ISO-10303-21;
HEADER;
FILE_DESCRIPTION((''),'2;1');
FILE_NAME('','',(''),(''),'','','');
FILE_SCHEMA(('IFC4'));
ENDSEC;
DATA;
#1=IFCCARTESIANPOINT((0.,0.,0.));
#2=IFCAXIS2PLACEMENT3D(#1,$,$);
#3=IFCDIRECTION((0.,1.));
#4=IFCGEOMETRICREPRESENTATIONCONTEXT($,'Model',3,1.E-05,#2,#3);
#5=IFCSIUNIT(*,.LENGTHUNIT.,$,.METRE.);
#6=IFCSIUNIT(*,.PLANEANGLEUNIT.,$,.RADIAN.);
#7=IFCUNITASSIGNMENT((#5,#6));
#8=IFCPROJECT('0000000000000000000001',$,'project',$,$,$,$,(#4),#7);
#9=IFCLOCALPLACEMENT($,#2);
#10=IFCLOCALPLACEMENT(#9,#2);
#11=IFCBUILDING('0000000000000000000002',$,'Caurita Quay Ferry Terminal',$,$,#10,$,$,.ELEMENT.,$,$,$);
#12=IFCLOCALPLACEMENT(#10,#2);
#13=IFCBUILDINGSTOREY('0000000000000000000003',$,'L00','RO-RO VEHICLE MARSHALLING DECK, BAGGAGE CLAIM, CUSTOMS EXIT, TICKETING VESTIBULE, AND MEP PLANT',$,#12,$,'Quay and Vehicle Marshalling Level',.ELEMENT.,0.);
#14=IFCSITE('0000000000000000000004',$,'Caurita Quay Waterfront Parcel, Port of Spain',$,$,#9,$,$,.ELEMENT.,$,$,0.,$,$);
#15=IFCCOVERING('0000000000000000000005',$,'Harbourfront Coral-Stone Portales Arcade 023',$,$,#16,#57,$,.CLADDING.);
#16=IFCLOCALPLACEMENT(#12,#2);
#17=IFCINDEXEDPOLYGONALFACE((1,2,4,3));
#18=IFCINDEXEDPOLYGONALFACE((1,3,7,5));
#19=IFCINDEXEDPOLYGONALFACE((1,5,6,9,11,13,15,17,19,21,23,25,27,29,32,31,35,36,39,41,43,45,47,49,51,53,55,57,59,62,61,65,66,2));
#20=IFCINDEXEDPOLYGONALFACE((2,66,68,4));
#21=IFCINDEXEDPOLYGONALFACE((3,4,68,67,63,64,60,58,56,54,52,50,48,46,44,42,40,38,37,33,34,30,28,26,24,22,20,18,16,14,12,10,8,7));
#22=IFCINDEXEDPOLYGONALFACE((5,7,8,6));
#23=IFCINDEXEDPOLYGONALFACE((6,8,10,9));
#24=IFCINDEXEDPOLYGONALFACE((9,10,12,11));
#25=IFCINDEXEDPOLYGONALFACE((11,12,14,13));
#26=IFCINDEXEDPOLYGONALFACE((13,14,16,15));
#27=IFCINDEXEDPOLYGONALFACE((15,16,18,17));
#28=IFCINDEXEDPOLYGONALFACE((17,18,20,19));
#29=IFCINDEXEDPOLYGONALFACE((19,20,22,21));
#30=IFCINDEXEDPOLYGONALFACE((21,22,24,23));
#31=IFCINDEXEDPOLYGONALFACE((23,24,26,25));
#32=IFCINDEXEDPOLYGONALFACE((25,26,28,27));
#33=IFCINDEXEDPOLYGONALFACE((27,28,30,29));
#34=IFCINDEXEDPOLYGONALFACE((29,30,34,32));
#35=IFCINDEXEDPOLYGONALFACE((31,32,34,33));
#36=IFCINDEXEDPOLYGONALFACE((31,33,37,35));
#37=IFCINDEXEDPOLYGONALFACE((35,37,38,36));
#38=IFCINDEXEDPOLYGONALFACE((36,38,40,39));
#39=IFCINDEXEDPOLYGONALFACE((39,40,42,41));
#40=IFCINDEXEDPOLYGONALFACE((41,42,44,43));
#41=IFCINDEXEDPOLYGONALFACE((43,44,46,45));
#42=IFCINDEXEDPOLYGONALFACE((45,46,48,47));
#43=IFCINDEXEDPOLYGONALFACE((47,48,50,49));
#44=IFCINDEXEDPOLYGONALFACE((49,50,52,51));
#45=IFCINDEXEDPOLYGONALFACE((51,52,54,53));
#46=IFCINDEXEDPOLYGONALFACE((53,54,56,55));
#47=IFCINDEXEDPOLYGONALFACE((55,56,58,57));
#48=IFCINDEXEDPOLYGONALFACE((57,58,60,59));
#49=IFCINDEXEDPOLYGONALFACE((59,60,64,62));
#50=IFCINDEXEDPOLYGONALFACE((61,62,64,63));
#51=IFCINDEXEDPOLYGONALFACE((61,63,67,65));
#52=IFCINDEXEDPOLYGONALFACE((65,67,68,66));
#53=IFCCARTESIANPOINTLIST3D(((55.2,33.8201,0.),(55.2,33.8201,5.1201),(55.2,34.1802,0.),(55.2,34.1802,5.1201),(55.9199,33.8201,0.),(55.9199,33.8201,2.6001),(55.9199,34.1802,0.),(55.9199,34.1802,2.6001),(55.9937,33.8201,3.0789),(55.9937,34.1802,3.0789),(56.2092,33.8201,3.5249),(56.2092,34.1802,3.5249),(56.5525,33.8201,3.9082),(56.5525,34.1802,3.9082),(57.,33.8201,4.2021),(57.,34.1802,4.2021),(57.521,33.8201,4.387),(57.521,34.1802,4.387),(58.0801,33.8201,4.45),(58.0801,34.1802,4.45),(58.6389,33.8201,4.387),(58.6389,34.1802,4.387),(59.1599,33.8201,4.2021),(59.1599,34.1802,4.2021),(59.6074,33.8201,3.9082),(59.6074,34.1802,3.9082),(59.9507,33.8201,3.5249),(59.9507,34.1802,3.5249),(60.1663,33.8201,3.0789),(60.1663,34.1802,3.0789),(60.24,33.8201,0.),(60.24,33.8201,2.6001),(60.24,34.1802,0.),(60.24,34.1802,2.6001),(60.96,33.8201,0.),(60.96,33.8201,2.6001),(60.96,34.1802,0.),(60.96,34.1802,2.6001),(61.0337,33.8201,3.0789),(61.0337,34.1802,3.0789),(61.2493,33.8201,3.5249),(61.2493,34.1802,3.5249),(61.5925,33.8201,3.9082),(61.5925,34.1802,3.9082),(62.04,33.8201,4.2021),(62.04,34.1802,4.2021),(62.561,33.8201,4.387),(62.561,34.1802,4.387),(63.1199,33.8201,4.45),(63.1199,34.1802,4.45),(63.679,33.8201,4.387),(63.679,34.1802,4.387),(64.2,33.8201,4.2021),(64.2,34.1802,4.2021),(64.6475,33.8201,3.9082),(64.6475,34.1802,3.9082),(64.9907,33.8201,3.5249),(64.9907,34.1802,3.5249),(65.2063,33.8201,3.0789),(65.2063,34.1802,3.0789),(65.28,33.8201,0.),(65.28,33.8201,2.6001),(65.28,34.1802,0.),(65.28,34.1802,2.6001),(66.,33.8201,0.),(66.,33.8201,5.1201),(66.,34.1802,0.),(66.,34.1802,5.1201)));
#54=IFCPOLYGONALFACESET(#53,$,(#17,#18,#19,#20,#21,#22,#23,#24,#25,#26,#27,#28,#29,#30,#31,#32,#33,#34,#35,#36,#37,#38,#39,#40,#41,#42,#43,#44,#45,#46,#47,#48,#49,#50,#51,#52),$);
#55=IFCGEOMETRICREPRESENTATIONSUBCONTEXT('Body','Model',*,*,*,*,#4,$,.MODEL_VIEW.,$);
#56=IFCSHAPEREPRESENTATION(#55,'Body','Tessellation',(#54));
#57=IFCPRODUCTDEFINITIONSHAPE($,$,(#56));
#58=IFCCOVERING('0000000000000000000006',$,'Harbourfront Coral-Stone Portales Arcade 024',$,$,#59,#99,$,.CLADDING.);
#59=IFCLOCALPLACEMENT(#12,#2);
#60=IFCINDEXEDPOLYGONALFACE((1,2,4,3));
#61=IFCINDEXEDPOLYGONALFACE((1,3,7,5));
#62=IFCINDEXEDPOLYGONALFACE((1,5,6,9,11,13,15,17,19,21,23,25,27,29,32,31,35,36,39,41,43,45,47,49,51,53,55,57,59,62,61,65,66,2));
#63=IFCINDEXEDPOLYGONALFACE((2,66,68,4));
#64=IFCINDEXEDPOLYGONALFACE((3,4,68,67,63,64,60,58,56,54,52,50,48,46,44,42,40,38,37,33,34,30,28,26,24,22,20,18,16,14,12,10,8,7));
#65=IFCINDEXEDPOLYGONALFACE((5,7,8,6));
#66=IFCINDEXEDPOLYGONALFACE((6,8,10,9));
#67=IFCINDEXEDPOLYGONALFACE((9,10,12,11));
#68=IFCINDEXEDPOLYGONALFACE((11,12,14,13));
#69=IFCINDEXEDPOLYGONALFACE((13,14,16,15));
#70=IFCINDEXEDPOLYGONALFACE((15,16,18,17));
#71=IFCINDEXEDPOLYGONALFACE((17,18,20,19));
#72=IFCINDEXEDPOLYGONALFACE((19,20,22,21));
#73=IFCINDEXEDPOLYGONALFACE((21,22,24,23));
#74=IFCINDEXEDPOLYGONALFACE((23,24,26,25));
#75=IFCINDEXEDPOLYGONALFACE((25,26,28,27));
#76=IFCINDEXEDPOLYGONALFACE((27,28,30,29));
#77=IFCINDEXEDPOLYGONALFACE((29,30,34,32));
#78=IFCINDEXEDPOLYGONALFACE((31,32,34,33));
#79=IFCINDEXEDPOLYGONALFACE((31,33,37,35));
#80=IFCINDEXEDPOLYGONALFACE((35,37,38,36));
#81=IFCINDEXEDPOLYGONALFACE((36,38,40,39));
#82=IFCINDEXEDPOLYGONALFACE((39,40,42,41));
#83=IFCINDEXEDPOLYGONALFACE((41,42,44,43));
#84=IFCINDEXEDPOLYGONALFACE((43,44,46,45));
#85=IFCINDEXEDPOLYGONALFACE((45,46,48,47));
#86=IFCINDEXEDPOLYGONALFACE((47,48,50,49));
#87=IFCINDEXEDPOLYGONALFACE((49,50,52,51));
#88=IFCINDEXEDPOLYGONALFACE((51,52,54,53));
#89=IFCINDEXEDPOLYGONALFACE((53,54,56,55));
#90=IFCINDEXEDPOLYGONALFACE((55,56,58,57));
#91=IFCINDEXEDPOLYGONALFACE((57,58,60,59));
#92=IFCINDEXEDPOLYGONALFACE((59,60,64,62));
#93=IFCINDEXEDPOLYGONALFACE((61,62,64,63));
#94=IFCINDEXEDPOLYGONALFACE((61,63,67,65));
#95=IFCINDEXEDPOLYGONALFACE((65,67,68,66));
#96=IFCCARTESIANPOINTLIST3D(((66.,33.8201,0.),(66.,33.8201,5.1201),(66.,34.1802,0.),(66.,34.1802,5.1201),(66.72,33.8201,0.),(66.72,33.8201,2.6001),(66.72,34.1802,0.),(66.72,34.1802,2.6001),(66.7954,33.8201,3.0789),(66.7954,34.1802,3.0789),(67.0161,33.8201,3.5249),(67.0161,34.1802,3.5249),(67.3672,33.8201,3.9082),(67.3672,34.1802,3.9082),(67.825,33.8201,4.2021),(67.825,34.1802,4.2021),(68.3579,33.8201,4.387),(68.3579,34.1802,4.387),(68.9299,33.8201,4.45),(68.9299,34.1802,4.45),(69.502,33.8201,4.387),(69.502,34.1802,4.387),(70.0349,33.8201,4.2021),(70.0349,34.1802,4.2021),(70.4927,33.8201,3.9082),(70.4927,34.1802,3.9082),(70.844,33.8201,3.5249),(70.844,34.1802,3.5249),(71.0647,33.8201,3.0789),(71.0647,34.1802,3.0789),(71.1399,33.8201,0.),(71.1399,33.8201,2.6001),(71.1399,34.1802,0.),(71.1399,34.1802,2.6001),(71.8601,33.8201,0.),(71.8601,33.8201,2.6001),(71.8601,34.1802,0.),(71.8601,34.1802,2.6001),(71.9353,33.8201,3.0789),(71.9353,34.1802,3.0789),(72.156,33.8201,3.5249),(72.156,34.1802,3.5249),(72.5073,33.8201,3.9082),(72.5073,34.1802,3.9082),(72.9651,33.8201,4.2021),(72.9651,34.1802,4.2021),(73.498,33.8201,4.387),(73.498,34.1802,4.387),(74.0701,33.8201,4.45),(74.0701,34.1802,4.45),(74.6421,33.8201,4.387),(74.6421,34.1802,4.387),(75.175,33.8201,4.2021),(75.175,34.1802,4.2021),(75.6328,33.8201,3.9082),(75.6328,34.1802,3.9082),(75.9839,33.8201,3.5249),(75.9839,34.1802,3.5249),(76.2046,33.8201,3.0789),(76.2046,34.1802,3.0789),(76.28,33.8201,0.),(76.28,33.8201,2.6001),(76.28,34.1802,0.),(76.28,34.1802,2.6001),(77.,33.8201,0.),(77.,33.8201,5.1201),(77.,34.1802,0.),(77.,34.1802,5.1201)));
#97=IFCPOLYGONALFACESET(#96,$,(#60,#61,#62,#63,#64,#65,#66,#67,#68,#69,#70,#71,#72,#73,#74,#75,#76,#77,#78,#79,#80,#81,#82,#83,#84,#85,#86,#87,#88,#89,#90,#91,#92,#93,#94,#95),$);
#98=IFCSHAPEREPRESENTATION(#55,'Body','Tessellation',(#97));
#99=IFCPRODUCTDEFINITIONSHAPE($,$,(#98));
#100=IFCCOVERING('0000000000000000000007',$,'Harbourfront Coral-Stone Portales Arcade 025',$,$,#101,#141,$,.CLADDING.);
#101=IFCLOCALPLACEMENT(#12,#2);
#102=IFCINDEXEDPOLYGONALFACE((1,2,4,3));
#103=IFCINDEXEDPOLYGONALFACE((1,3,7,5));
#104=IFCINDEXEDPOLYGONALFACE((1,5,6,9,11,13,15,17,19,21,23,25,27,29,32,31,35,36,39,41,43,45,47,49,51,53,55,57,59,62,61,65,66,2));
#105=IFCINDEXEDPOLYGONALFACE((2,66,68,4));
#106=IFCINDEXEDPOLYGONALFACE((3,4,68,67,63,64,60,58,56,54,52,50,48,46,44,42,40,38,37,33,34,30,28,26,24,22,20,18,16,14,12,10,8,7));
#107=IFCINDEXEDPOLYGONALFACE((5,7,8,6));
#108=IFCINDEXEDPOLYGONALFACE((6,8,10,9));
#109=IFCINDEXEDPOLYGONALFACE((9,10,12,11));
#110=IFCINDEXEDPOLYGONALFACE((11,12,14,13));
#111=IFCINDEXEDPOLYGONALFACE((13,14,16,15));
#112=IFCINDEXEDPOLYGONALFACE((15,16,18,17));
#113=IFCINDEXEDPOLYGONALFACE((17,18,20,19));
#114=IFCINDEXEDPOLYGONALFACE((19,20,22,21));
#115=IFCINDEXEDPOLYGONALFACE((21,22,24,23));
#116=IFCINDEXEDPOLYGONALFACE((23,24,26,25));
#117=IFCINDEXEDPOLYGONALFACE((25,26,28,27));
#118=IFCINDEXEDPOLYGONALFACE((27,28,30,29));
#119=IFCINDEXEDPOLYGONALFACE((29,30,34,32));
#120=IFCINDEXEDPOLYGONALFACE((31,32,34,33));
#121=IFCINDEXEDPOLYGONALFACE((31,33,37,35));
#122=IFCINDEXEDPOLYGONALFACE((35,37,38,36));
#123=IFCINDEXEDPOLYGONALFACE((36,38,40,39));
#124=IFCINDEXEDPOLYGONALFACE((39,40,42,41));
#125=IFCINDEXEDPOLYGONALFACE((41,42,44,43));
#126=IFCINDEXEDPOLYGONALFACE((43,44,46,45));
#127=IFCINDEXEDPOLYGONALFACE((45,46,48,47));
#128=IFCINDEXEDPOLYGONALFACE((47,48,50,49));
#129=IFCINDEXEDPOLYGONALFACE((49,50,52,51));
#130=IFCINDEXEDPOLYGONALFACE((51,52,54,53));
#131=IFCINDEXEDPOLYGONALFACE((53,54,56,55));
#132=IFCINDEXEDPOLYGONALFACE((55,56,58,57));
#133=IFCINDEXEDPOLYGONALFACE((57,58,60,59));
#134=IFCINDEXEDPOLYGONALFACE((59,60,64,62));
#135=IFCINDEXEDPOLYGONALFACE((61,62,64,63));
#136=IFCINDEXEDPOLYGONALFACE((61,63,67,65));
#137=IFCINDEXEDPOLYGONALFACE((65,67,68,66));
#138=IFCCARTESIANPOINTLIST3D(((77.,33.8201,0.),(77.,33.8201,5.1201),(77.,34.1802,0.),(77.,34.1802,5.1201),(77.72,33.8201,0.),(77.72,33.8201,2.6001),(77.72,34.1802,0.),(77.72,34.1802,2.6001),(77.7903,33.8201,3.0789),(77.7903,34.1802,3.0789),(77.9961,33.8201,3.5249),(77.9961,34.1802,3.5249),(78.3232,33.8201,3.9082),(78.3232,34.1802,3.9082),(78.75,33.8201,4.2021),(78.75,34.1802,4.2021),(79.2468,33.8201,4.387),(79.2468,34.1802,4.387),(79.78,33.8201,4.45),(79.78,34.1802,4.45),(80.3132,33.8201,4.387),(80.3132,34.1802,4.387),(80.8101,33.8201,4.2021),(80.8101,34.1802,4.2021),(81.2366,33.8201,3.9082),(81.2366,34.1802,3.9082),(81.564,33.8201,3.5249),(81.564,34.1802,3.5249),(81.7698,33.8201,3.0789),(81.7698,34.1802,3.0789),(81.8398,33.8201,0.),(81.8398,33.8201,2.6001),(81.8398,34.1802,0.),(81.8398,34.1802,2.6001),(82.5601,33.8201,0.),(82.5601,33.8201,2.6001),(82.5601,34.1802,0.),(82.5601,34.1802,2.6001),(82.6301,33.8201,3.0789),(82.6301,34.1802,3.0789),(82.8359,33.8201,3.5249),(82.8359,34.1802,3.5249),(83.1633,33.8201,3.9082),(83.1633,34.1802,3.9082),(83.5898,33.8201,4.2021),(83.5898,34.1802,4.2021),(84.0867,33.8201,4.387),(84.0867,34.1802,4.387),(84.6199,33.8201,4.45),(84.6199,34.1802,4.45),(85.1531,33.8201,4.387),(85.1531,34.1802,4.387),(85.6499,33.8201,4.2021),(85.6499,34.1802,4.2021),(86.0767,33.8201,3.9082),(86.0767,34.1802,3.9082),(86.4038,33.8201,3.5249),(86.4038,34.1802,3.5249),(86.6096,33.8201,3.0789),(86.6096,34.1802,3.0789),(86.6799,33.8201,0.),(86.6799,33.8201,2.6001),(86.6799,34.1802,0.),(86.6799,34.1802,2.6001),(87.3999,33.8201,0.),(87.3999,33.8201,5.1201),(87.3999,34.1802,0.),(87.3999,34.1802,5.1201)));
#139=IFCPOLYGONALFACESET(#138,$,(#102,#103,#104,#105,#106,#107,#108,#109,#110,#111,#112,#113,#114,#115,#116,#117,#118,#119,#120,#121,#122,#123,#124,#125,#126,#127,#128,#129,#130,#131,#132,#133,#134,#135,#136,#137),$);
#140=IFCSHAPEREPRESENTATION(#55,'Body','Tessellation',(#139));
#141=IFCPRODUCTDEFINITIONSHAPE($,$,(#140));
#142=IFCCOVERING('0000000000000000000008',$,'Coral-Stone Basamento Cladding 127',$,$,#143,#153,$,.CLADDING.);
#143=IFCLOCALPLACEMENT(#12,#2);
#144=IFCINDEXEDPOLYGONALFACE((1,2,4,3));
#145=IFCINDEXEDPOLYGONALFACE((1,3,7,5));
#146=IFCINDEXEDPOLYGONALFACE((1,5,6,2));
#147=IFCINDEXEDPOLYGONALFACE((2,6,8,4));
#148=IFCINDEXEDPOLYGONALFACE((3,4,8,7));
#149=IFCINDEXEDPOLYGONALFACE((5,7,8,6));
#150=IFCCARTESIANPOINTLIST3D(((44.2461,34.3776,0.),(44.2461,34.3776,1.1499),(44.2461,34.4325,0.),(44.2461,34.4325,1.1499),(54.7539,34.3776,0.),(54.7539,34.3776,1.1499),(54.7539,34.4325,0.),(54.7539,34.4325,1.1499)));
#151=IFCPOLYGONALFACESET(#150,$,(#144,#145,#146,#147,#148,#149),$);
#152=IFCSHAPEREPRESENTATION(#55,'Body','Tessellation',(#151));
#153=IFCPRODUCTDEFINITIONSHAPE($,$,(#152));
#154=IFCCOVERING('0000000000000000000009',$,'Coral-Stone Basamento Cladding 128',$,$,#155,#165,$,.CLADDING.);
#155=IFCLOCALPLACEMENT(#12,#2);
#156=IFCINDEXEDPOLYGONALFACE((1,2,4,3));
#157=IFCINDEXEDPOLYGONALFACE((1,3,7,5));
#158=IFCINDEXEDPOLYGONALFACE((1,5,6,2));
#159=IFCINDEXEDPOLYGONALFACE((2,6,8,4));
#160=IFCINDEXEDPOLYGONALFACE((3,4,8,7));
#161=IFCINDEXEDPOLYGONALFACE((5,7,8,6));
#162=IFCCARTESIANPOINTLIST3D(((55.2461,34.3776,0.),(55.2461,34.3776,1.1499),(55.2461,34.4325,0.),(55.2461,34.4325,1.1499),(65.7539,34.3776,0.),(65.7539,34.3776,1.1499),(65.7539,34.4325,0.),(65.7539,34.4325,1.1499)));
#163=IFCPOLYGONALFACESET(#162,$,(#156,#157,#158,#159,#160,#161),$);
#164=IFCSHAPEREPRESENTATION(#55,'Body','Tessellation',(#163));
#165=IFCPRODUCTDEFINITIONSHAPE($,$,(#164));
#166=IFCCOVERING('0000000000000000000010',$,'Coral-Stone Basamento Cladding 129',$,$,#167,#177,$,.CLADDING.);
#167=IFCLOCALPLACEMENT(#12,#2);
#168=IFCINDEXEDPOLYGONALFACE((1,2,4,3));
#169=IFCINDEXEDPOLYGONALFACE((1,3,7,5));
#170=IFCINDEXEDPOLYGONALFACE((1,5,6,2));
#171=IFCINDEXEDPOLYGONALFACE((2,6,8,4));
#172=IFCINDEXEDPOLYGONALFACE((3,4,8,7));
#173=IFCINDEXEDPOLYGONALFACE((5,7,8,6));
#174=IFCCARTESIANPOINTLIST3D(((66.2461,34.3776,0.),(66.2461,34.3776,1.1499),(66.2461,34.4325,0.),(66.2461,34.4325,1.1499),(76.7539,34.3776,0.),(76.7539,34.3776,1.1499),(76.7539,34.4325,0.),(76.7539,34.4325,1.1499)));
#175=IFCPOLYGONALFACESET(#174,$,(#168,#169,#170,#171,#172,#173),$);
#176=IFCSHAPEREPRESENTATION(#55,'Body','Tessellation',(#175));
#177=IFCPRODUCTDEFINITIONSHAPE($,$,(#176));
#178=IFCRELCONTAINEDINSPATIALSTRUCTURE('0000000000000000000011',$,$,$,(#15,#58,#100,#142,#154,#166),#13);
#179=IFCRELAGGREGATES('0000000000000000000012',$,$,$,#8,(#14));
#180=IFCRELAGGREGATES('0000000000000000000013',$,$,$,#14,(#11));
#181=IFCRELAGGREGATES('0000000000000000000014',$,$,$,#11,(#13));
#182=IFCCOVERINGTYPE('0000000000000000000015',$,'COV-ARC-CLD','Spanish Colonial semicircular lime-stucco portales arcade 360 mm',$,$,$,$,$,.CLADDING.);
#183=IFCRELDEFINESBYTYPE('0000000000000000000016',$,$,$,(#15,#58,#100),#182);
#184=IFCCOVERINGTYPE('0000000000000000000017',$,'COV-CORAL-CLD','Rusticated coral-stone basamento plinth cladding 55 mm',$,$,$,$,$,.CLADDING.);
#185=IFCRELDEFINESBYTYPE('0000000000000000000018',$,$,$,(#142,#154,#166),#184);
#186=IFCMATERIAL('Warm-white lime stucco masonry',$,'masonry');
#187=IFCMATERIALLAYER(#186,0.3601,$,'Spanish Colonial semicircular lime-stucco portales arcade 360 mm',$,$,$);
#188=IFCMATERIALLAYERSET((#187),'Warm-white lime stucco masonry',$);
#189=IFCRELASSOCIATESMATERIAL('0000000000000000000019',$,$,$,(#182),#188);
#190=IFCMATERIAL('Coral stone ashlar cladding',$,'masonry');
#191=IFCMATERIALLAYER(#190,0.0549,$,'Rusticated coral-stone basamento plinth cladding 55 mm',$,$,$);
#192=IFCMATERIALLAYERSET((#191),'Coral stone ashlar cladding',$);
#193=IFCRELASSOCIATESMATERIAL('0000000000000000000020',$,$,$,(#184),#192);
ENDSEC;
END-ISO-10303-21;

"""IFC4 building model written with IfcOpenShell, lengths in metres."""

from ifc_helpers import new_model, si_unit, direction, frame, frame_2d, origin, place, context, subcontext, project, spatial, polyline, rectangle, outline, extrude, material, layer, layer_set, type_object, element, save


model = new_model("IFC4")

# Units and contexts
model_context = context("Model", 3, precision=1e-05, world=origin(), true_north=direction((0.0, 1.0)))
body_context = subcontext(model_context, "Body", "Model", "MODEL_VIEW")
ifc_project = project(units=[si_unit("LENGTHUNIT", "METRE"), si_unit("PLANEANGLEUNIT", "RADIAN")], contexts=[model_context])

# Site, building, storey
site_placement = place(None, origin())
site = spatial("IfcSite", under=ifc_project, at=site_placement, Name="Caurita Quay Waterfront Parcel, Port of Spain", CompositionType="ELEMENT", RefElevation=0.0)
building_placement = place(site_placement, origin())
building = spatial("IfcBuilding", under=site, at=building_placement, Name="Caurita Quay Ferry Terminal", CompositionType="ELEMENT")
storey_placement = place(building_placement, origin())
storey = spatial("IfcBuildingStorey", under=building, at=storey_placement, Name="L00", Description="RO-RO VEHICLE MARSHALLING DECK, BAGGAGE CLAIM, CUSTOMS EXIT, TICKETING VESTIBULE, AND MEP PLANT", LongName="Quay and Vehicle Marshalling Level", CompositionType="ELEMENT", Elevation=0.0)

# Coverings
ifc_material_1 = material(Name="Warm-white lime stucco masonry", Category="masonry")
ifc_layer_1 = layer(ifc_material_1, 0.3601, Name="Spanish Colonial semicircular lime-stucco portales arcade 360 mm")
ifc_layer_set_1 = layer_set([ifc_layer_1], Name="Warm-white lime stucco masonry")
covering_type_1 = type_object("IfcCoveringType", Name="COV-ARC-CLD", Description="Spanish Colonial semicircular lime-stucco portales arcade 360 mm", PredefinedType="CLADDING", material=ifc_layer_set_1)
for number, where, z_axis, x_axis, name in (
    (1, (55.2, 34.0, 0.0), (0.0, 0.0, 1.0), (1.0, 0.0, 0.0), "Harbourfront Coral-Stone Portales Arcade 023"),
):
    element("IfcCovering", number, at=place(storey_placement, frame(where, z_axis=z_axis, x_axis=x_axis)), inside=storey, type_object=covering_type_1, Name=name, PredefinedType="CLADDING", context=body_context, shape_type="SweptSolid", body=[
        extrude(outline(polyline([(0.0, 0.0), (0.72, 0.0), (0.72, 2.6001), (0.7937, 3.0789), (1.0093, 3.5249), (1.3525, 3.9082), (1.8, 4.2021), (2.321, 4.387), (2.8801, 4.45), (3.439, 4.387), (3.96, 4.2021), (4.4075, 3.9082), (4.7507, 3.5249), (4.9663, 3.0789), (5.04, 2.6001), (5.04, 0.0), (5.76, 0.0), (5.76, 2.6001), (5.8337, 3.0789), (6.0493, 3.5249), (6.3926, 3.9082), (6.8401, 4.2021), (7.3611, 4.387), (7.9199, 4.45), (8.479, 4.387), (9.0, 4.2021), (9.4475, 3.9082), (9.7908, 3.5249), (10.0063, 3.0789), (10.0801, 2.6001), (10.0801, 0.0), (10.8, 0.0), (10.8, 5.1201), (0.0, 5.1201), (0.0, 0.0)])), frame((0.0, 0.1802, 0.0), z_axis=(0.0, -1.0, 0.0), x_axis=(1.0, 0.0, 0.0)), (0.0, 0.0, 1.0), 0.3601),
    ])
covering_1_placement = place(storey_placement, frame((66.0, 34.0, 0.0), z_axis=(0.0, 0.0, 1.0), x_axis=(1.0, 0.0, 0.0)))
element("IfcCovering", 2, at=covering_1_placement, inside=storey, type_object=covering_type_1, Name="Harbourfront Coral-Stone Portales Arcade 024", PredefinedType="CLADDING", context=body_context, shape_type="SweptSolid", body=[
    extrude(outline(polyline([(0.0, 0.0), (0.72, 0.0), (0.72, 2.6001), (0.7954, 3.0789), (1.0161, 3.5249), (1.3672, 3.9082), (1.825, 4.2021), (2.3579, 4.387), (2.9299, 4.45), (3.502, 4.387), (4.0349, 4.2021), (4.4927, 3.9082), (4.844, 3.5249), (5.0647, 3.0789), (5.1399, 2.6001), (5.1399, 0.0), (5.8601, 0.0), (5.8601, 2.6001), (5.9353, 3.0789), (6.156, 3.5249), (6.5073, 3.9082), (6.9651, 4.2021), (7.498, 4.387), (8.0701, 4.45), (8.6421, 4.387), (9.175, 4.2021), (9.6328, 3.9082), (9.9839, 3.5249), (10.2046, 3.0789), (10.28, 2.6001), (10.28, 0.0), (11.0, 0.0), (11.0, 5.1201), (0.0, 5.1201), (0.0, 0.0)])), frame((0.0, 0.1802, 0.0), z_axis=(0.0, -1.0, 0.0), x_axis=(1.0, 0.0, 0.0)), (0.0, 0.0, 1.0), 0.3601),
])
covering_2_placement = place(storey_placement, frame((77.0, 34.0, 0.0), z_axis=(0.0, 0.0, 1.0), x_axis=(1.0, 0.0, 0.0)))
element("IfcCovering", 3, at=covering_2_placement, inside=storey, type_object=covering_type_1, Name="Harbourfront Coral-Stone Portales Arcade 025", PredefinedType="CLADDING", context=body_context, shape_type="SweptSolid", body=[
    extrude(outline(polyline([(0.0, 0.0), (0.72, 0.0), (0.72, 2.6001), (0.7903, 3.0789), (0.9961, 3.5249), (1.3232, 3.9082), (1.75, 4.2021), (2.2468, 4.387), (2.78, 4.45), (3.3132, 4.387), (3.8101, 4.2021), (4.2366, 3.9082), (4.564, 3.5249), (4.7698, 3.0789), (4.8398, 2.6001), (4.8398, 0.0), (5.5601, 0.0), (5.5601, 2.6001), (5.6301, 3.0789), (5.8359, 3.5249), (6.1633, 3.9082), (6.5898, 4.2021), (7.0867, 4.387), (7.6199, 4.45), (8.1531, 4.387), (8.6499, 4.2021), (9.0767, 3.9082), (9.4038, 3.5249), (9.6096, 3.0789), (9.6799, 2.6001), (9.6799, 0.0), (10.3999, 0.0), (10.3999, 5.1201), (0.0, 5.1201), (0.0, 0.0)])), frame((0.0, 0.1802, 0.0), z_axis=(0.0, -1.0, 0.0), x_axis=(1.0, 0.0, 0.0)), (0.0, 0.0, 1.0), 0.3601),
])
ifc_material_2 = material(Name="Coral stone ashlar cladding", Category="masonry")
ifc_layer_2 = layer(ifc_material_2, 0.0549, Name="Rusticated coral-stone basamento plinth cladding 55 mm")
ifc_layer_set_2 = layer_set([ifc_layer_2], Name="Coral stone ashlar cladding")
covering_type_2 = type_object("IfcCoveringType", Name="COV-CORAL-CLD", Description="Rusticated coral-stone basamento plinth cladding 55 mm", PredefinedType="CLADDING", material=ifc_layer_set_2)
for number, where, z_axis, x_axis, name in (
    (4, (44.2461, 34.405, 0.0), (0.0, 0.0, 1.0), (1.0, 0.0, 0.0), "Coral-Stone Basamento Cladding 127"),
    (5, (55.2461, 34.405, 0.0), (0.0, 0.0, 1.0), (1.0, 0.0, 0.0), "Coral-Stone Basamento Cladding 128"),
    (6, (66.2461, 34.405, 0.0), (0.0, 0.0, 1.0), (1.0, 0.0, 0.0), "Coral-Stone Basamento Cladding 129"),
):
    element("IfcCovering", number, at=place(storey_placement, frame(where, z_axis=z_axis, x_axis=x_axis)), inside=storey, type_object=covering_type_2, Name=name, PredefinedType="CLADDING", context=body_context, shape_type="SweptSolid", body=[
        extrude(rectangle(XDim=10.5078, YDim=0.0549, at=frame_2d((5.2539, 0.0))), origin(), (0.0, 0.0, 1.0), 1.1499),
    ])

save(model, "model.ifc")
